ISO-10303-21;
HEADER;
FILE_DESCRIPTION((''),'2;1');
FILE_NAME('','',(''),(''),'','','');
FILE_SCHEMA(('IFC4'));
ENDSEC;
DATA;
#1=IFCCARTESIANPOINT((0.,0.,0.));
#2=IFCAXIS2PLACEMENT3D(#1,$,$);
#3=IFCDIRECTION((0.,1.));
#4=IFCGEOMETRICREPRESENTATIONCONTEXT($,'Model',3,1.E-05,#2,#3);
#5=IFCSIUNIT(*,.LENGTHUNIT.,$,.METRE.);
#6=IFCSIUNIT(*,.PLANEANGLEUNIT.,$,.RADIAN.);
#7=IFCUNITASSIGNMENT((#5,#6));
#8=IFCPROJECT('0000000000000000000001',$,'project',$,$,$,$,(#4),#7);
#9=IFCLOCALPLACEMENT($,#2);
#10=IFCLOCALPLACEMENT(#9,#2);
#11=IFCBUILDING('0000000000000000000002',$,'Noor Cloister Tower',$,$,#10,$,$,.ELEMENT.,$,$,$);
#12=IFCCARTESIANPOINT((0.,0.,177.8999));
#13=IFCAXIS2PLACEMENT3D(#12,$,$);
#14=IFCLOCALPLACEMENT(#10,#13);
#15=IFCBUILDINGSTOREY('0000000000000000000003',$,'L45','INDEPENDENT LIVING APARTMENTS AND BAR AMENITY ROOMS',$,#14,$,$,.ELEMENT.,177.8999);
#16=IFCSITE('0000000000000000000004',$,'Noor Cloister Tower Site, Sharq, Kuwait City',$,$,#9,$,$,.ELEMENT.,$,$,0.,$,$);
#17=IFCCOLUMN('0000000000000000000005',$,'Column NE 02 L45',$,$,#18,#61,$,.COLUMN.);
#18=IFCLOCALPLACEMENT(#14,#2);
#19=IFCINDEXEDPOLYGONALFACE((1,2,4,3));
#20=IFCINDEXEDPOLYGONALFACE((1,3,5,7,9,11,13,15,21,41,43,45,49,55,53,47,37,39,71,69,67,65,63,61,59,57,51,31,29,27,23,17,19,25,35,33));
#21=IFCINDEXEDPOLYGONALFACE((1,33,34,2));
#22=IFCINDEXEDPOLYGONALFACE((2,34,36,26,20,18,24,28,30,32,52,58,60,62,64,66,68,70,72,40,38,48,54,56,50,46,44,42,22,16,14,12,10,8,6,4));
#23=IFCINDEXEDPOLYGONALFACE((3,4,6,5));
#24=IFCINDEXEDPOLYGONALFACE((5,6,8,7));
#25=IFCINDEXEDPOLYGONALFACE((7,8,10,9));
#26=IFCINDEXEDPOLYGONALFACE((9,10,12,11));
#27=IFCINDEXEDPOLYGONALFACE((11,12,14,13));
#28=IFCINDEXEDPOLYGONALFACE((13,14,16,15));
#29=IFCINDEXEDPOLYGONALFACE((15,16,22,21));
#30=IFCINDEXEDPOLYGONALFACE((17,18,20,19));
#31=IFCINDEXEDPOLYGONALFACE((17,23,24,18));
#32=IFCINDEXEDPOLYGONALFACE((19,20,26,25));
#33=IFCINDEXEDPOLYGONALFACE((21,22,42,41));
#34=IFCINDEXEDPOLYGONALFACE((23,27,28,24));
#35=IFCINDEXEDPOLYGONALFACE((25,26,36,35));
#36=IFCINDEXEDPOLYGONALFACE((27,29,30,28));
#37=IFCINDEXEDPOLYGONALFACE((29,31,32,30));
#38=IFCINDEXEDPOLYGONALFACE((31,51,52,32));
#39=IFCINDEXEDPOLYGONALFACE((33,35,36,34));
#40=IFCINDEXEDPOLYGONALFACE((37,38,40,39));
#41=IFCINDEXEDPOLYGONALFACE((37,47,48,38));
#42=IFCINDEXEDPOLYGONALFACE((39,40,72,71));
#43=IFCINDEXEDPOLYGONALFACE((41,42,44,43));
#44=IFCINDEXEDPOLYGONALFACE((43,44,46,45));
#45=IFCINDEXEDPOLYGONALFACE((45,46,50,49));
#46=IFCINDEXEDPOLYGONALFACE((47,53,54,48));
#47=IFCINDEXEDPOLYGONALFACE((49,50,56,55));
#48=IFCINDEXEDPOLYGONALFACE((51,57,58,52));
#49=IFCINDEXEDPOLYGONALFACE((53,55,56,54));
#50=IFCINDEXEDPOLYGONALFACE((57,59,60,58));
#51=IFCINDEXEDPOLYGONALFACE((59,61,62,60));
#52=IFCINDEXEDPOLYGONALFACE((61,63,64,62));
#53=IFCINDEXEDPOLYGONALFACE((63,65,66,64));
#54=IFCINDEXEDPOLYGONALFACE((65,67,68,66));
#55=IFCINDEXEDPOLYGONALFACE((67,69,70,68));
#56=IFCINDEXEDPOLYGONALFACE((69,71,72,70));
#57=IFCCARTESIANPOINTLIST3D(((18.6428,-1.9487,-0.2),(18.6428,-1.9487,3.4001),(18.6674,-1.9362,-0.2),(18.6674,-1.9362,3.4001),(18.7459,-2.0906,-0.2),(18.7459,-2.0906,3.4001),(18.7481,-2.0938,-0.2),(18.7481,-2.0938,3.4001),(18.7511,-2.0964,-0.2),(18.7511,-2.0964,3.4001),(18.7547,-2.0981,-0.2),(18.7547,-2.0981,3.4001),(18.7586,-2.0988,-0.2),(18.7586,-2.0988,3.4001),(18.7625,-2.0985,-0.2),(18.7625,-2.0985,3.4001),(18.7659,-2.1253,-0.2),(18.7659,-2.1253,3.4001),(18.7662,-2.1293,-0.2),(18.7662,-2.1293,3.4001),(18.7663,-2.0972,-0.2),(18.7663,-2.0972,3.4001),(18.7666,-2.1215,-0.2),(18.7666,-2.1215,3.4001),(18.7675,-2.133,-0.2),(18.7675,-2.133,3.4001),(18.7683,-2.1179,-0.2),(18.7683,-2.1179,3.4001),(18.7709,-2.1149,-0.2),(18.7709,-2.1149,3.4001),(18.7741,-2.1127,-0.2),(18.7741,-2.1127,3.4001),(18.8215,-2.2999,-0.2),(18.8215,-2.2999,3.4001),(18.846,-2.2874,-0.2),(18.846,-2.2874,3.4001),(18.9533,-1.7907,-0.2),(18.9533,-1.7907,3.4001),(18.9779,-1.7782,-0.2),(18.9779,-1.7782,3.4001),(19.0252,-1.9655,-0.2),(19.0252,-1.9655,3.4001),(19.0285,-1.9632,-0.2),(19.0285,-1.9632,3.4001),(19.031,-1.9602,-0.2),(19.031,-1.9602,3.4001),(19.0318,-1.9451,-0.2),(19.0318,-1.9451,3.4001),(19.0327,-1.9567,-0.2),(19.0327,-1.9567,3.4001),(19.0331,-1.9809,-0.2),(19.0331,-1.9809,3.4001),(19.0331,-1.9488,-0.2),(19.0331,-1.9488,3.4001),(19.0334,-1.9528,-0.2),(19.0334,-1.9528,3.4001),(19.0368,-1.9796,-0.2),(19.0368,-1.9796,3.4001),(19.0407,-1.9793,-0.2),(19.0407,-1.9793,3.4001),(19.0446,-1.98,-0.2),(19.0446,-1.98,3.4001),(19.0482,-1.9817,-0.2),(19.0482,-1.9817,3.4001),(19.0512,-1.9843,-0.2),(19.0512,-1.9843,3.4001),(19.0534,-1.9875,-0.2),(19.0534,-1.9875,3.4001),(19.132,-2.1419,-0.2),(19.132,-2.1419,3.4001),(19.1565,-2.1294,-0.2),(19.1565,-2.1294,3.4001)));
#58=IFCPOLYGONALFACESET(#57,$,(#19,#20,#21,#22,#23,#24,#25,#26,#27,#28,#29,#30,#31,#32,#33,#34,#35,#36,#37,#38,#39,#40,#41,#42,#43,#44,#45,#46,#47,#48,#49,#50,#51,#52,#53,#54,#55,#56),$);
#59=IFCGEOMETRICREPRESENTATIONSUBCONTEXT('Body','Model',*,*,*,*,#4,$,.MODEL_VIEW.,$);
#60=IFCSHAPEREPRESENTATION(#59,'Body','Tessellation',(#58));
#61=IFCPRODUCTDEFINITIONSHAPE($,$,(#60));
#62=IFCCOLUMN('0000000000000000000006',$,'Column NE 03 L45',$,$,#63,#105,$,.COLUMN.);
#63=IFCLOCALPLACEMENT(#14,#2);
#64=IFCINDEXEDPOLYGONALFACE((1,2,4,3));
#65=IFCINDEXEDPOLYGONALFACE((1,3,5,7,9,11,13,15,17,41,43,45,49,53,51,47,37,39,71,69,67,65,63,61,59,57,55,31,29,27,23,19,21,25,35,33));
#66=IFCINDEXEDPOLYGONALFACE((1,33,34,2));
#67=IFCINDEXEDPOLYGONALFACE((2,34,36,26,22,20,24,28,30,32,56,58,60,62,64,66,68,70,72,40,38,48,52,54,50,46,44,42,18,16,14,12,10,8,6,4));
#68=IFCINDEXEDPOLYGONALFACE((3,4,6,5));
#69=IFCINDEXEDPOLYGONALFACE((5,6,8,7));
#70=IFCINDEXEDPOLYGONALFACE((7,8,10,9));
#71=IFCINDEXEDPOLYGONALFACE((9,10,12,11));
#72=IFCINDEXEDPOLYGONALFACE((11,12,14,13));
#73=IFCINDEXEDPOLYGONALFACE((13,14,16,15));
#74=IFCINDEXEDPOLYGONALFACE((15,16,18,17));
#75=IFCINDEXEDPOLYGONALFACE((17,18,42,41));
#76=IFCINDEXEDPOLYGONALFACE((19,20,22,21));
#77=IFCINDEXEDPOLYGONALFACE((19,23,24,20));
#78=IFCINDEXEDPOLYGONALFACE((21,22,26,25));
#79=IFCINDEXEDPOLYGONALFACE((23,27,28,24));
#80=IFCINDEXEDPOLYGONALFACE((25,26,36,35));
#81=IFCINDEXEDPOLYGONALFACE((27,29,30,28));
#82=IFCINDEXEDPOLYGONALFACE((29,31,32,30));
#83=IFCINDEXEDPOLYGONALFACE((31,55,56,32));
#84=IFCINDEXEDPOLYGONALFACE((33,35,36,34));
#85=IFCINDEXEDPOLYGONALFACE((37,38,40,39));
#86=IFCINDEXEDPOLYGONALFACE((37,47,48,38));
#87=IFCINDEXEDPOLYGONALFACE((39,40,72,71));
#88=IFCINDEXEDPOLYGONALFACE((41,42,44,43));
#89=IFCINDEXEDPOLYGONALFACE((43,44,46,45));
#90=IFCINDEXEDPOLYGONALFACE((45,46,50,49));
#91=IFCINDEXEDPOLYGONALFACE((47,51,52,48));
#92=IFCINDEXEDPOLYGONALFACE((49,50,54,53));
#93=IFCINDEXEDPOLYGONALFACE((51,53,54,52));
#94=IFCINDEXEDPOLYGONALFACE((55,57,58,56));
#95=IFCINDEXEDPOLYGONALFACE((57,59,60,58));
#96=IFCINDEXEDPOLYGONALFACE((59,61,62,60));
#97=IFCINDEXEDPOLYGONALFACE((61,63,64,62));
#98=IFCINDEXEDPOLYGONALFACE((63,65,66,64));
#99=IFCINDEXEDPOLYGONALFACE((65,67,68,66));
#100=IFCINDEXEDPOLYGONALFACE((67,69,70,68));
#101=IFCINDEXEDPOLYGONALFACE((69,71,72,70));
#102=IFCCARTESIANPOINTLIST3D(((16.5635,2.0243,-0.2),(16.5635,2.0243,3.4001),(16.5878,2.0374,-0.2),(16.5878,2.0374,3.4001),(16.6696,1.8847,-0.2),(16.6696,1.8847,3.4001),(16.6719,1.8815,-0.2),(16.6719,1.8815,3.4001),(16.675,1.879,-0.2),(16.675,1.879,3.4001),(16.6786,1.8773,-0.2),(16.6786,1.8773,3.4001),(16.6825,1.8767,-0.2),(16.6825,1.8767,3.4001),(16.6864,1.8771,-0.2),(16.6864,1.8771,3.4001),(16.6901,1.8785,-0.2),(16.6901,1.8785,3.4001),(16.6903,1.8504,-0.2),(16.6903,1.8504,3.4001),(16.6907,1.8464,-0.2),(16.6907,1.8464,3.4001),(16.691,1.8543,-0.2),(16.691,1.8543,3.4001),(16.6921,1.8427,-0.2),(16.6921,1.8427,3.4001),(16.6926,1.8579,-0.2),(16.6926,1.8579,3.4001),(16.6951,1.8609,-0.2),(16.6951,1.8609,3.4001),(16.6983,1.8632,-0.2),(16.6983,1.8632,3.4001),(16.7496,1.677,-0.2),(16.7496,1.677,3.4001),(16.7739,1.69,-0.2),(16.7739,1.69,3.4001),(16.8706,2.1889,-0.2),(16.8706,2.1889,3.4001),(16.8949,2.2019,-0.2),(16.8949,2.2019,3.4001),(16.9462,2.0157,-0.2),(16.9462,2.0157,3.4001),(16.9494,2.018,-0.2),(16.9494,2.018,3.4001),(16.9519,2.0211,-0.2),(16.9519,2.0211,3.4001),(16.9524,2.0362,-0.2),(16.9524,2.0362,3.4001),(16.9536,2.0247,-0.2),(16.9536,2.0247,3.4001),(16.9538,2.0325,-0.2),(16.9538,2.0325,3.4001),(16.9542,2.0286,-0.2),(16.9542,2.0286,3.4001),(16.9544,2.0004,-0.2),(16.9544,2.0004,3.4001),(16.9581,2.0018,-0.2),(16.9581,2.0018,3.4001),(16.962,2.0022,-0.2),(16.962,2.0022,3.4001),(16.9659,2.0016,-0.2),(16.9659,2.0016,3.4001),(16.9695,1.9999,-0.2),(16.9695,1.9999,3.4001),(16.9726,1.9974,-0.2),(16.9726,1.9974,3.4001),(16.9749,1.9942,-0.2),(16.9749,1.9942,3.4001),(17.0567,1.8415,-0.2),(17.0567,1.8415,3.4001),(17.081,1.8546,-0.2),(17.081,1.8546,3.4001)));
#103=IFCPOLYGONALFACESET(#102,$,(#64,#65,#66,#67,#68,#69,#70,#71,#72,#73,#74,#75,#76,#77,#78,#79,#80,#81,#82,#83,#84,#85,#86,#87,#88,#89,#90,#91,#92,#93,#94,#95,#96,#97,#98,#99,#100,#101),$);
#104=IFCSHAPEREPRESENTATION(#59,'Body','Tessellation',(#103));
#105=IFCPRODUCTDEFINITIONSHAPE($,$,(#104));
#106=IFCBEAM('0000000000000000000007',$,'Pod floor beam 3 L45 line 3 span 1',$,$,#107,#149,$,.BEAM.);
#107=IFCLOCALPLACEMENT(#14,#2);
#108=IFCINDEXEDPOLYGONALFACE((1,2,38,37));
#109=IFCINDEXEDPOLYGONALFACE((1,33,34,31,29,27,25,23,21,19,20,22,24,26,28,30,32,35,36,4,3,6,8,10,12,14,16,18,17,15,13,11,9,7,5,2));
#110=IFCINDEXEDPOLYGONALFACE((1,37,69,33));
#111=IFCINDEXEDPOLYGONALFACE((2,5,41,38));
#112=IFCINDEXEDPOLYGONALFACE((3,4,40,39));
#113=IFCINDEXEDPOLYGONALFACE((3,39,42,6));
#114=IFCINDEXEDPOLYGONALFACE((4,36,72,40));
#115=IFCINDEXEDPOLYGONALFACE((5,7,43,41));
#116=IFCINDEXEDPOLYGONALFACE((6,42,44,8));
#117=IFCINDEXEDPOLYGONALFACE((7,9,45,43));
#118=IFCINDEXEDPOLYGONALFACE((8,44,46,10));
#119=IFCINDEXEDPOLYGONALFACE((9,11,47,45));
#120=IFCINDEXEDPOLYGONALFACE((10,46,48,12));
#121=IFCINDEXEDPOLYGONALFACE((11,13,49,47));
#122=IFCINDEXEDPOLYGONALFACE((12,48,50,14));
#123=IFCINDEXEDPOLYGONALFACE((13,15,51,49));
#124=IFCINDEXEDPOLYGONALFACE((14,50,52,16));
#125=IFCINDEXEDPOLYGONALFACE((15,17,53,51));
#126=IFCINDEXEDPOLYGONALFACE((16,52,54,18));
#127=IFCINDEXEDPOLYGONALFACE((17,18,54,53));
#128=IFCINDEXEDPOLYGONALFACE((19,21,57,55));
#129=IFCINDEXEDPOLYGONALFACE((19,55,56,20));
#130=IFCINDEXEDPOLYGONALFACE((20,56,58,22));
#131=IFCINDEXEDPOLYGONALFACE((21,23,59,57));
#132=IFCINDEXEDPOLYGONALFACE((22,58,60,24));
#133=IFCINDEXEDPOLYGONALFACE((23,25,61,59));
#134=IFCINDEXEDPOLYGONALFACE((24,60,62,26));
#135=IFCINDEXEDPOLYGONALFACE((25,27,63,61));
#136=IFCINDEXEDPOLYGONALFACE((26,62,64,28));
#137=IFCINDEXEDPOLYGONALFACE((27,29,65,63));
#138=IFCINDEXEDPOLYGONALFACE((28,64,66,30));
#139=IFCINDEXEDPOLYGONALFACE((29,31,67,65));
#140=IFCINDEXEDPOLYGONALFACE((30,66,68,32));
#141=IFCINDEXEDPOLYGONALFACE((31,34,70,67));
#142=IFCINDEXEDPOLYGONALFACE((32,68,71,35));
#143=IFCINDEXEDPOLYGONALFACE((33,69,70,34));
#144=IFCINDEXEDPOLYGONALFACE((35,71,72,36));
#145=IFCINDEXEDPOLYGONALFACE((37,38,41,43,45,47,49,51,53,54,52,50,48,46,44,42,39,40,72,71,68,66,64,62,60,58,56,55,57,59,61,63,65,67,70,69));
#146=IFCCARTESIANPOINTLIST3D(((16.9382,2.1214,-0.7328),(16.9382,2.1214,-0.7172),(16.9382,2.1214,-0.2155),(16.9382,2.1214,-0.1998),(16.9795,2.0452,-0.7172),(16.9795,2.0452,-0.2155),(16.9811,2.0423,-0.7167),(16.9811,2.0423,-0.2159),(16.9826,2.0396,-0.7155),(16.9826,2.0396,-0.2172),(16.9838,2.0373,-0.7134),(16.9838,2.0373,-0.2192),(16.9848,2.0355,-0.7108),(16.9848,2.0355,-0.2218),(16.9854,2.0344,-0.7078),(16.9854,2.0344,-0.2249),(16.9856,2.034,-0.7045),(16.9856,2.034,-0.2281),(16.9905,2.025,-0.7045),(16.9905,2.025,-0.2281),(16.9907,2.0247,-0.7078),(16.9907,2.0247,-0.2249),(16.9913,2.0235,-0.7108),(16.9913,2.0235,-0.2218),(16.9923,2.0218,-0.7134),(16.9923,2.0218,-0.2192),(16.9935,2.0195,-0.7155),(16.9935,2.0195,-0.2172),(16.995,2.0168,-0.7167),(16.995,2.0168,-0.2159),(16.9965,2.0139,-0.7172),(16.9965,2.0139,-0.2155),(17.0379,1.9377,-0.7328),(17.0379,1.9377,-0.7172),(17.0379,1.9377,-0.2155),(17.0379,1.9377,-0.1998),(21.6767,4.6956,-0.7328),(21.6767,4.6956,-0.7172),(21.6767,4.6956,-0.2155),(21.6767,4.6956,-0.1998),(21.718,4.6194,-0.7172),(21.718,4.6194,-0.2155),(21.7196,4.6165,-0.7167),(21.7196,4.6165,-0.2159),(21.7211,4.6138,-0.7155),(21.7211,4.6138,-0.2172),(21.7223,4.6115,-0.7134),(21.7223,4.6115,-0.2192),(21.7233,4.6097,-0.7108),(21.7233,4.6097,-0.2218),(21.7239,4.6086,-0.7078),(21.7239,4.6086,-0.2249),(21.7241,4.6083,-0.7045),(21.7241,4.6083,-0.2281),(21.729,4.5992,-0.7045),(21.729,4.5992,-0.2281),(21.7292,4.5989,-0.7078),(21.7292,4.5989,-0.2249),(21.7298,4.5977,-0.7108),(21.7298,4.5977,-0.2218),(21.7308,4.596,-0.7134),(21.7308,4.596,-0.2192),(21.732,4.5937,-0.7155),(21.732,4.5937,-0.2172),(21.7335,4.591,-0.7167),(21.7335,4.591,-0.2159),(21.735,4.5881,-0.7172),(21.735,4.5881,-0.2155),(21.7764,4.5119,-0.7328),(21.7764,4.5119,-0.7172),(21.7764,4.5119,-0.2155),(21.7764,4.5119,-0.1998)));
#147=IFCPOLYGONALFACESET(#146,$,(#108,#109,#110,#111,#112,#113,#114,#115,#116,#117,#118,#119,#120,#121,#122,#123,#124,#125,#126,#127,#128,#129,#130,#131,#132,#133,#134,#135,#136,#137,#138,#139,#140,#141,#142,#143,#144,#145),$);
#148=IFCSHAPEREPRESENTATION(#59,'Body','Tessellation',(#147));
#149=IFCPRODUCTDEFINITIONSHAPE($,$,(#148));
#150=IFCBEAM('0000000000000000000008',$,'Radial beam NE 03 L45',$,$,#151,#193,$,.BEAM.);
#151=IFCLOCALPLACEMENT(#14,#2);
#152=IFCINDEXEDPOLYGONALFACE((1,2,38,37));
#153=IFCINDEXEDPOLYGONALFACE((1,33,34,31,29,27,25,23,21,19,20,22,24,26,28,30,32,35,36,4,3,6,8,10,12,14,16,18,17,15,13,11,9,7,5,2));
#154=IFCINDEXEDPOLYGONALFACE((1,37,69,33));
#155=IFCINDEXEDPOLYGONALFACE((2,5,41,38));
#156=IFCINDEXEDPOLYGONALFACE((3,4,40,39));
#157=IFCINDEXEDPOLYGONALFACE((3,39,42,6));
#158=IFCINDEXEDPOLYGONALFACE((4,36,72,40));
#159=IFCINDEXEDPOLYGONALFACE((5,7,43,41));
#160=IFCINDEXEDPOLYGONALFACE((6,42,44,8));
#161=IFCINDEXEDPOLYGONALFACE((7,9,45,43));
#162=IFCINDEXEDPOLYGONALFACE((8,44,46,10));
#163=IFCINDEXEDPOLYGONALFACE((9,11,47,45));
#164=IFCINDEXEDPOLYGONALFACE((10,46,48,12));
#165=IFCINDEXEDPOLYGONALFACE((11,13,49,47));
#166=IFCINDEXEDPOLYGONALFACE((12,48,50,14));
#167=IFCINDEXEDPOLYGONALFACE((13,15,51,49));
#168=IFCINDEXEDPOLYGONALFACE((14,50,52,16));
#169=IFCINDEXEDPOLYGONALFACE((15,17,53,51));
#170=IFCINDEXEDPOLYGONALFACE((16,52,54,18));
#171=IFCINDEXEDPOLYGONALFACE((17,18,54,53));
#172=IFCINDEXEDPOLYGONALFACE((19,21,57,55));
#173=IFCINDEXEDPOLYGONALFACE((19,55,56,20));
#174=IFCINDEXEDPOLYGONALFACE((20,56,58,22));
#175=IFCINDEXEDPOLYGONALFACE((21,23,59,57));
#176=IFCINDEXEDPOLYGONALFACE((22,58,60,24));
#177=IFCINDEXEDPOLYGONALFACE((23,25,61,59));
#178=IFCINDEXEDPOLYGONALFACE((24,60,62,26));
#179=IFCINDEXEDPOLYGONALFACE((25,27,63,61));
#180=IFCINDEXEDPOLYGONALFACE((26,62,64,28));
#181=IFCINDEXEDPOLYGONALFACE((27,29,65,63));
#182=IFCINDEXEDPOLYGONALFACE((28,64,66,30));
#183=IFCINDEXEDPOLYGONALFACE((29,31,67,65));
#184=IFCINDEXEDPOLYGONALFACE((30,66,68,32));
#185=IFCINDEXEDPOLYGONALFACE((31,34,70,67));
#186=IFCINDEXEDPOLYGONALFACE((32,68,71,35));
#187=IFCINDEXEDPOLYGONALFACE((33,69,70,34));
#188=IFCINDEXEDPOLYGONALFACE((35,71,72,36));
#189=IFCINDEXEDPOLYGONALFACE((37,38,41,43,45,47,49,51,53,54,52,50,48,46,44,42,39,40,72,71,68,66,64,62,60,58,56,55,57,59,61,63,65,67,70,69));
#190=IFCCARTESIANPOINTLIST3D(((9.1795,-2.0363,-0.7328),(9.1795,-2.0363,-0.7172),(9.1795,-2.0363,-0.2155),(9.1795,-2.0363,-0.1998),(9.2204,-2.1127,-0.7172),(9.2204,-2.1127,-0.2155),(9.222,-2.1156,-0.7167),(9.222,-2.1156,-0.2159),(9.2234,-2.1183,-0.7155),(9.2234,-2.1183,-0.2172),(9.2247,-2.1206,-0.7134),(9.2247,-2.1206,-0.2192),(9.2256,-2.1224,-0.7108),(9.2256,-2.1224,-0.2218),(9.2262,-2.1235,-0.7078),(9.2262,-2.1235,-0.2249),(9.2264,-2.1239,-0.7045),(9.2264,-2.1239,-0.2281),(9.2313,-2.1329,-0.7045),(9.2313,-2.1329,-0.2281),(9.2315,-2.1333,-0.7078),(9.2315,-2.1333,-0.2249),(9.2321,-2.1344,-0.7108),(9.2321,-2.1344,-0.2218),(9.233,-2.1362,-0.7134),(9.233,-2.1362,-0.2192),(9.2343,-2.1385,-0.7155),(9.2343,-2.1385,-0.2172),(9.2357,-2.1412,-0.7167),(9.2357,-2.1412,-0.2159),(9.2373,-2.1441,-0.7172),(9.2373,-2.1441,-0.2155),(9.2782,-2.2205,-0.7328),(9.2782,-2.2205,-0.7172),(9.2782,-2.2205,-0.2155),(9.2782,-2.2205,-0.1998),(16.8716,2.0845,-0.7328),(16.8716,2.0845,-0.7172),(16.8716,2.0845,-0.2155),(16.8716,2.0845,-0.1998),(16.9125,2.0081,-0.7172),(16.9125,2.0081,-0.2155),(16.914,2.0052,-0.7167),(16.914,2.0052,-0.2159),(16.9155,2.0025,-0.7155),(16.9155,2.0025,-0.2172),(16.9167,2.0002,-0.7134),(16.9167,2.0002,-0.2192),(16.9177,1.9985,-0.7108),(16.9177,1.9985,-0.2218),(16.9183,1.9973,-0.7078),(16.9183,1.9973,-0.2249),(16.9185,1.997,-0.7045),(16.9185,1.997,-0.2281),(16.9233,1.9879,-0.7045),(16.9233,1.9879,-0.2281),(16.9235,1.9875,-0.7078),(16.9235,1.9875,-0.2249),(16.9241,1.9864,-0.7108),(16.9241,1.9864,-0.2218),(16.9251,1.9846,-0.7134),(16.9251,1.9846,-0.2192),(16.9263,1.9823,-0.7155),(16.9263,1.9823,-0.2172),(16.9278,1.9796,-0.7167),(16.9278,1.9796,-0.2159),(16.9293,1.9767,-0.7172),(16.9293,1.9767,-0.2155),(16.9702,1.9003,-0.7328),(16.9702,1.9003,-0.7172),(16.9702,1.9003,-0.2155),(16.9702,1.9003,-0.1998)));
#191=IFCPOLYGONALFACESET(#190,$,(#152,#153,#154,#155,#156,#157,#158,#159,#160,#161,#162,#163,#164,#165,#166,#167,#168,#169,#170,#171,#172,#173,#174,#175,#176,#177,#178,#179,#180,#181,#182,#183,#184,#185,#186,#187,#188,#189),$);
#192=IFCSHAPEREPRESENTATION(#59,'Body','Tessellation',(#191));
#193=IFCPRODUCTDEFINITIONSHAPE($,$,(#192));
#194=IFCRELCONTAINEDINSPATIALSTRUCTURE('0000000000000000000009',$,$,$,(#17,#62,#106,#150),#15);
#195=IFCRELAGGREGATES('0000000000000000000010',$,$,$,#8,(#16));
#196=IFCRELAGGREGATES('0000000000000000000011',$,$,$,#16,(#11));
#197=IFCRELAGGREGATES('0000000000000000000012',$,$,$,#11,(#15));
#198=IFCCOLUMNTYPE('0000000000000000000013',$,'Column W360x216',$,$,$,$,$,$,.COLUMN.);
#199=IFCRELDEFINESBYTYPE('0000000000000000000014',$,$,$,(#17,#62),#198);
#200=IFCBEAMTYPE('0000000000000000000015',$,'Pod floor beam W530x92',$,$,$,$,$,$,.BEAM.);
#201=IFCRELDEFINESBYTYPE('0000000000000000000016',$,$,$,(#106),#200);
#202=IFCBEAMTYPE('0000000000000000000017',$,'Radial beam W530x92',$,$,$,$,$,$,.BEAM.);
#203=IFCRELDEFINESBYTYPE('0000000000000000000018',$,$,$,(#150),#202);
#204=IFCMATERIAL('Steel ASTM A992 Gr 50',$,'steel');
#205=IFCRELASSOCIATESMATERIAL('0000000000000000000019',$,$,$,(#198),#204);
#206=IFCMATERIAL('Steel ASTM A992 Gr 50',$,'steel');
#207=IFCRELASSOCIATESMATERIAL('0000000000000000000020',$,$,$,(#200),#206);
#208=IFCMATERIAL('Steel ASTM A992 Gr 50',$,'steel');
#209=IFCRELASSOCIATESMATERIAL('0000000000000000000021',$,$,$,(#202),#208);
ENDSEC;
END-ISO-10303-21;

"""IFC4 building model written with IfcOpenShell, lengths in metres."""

from ifc_helpers import new_model, si_unit, direction, frame, origin, origin_2d, place, context, subcontext, project, spatial, i_section, extrude, material, material_profile, profile_set, type_object, element, save


model = new_model("IFC4")

# Units and contexts
model_context = context("Model", 3, precision=1e-05, world=origin(), true_north=direction((0.0, 1.0)))
body_context = subcontext(model_context, "Body", "Model", "MODEL_VIEW")
ifc_project = project(units=[si_unit("LENGTHUNIT", "METRE"), si_unit("PLANEANGLEUNIT", "RADIAN")], contexts=[model_context])

# Site, building, storey
site_placement = place(None, origin())
site = spatial("IfcSite", under=ifc_project, at=site_placement, Name="Noor Cloister Tower Site, Sharq, Kuwait City", CompositionType="ELEMENT", RefElevation=0.0)
building_placement = place(site_placement, origin())
building = spatial("IfcBuilding", under=site, at=building_placement, Name="Noor Cloister Tower", CompositionType="ELEMENT")
storey_placement = place(building_placement, frame((0.0, 0.0, 177.8999)))
storey = spatial("IfcBuildingStorey", under=building, at=storey_placement, Name="L45", Description="INDEPENDENT LIVING APARTMENTS AND BAR AMENITY ROOMS", CompositionType="ELEMENT", Elevation=177.8999)

# Columns
ifc_material_1 = material(Name="Steel ASTM A992 Gr 50", Category="steel")
ifc_material_profile_1 = material_profile(ifc_material_1, i_section(OverallWidth=0.394, OverallDepth=0.376, WebThickness=0.0173, FlangeThickness=0.0276, FilletRadius=0.0151, at=origin_2d()), Name="W360x216")
ifc_profile_set_1 = profile_set([ifc_material_profile_1], Name="Steel ASTM A992 Gr 50")
column_type = type_object("IfcColumnType", Name="Column W360x216", PredefinedType="COLUMN", material=ifc_profile_set_1)
for number, where, z_axis, x_axis, name in (
    (1, (18.8997, -2.0391, -0.2), (0.0, 0.0, 1.0), (-0.453461, 0.891276, 0.0), "Column NE 02 L45"),
    (2, (16.8223, 1.9395, -0.2), (0.0, 0.0, 1.0), (-0.472237, 0.881472, 0.0), "Column NE 03 L45"),
):
    element("IfcColumn", number, at=place(storey_placement, frame(where, z_axis=z_axis, x_axis=x_axis)), inside=storey, type_object=column_type, Name=name, PredefinedType="COLUMN", context=body_context, shape_type="SweptSolid", body=[
        extrude(i_section(OverallWidth=0.394, OverallDepth=0.376, WebThickness=0.0173, FlangeThickness=0.0276, FilletRadius=0.0151, at=origin_2d()), origin(), (0.0, 0.0, 1.0), 3.6001),
    ])

# Beams
ifc_material_2 = material(Name="Steel ASTM A992 Gr 50", Category="steel")
ifc_material_profile_2 = material_profile(ifc_material_2, i_section(OverallWidth=0.209, OverallDepth=0.533, WebThickness=0.0103, FlangeThickness=0.0156, FilletRadius=0.0127, at=origin_2d()), Name="W530x92")
ifc_profile_set_2 = profile_set([ifc_material_profile_2], Name="Steel ASTM A992 Gr 50")
beam_type_1 = type_object("IfcBeamType", Name="Pod floor beam W530x92", PredefinedType="BEAM", material=ifc_profile_set_2)
beam_1_placement = place(storey_placement, frame((16.988, 2.0295, -0.4663), z_axis=(0.878707, 0.477361, 0.0), x_axis=(-0.477361, 0.878707, 0.0)))
element("IfcBeam", 3, at=beam_1_placement, inside=storey, type_object=beam_type_1, Name="Pod floor beam 3 L45 line 3 span 1", PredefinedType="BEAM", context=body_context, shape_type="SweptSolid", body=[
    extrude(i_section(OverallWidth=0.209, OverallDepth=0.533, WebThickness=0.0103, FlangeThickness=0.0156, FilletRadius=0.0127, at=origin_2d()), origin(), (0.0, 0.0, 1.0), 5.3926),
])
ifc_material_3 = material(Name="Steel ASTM A992 Gr 50", Category="steel")
ifc_material_profile_3 = material_profile(ifc_material_3, i_section(OverallWidth=0.209, OverallDepth=0.533, WebThickness=0.0103, FlangeThickness=0.0156, FilletRadius=0.0127, at=origin_2d()), Name="W530x92")
ifc_profile_set_3 = profile_set([ifc_material_profile_3], Name="Steel ASTM A992 Gr 50")
beam_type_2 = type_object("IfcBeamType", Name="Radial beam W530x92", PredefinedType="BEAM", material=ifc_profile_set_3)
beam_2_placement = place(storey_placement, frame((16.9209, 1.9924, -0.4663), z_axis=(-0.881477, -0.472227, 0.0), x_axis=(0.472227, -0.881477, 0.0)))
element("IfcBeam", 4, at=beam_2_placement, inside=storey, type_object=beam_type_2, Name="Radial beam NE 03 L45", PredefinedType="BEAM", context=body_context, shape_type="SweptSolid", body=[
    extrude(i_section(OverallWidth=0.209, OverallDepth=0.533, WebThickness=0.0103, FlangeThickness=0.0156, FilletRadius=0.0127, at=origin_2d()), origin(), (0.0, 0.0, 1.0), 8.7263),
])

save(model, "model.ifc")
